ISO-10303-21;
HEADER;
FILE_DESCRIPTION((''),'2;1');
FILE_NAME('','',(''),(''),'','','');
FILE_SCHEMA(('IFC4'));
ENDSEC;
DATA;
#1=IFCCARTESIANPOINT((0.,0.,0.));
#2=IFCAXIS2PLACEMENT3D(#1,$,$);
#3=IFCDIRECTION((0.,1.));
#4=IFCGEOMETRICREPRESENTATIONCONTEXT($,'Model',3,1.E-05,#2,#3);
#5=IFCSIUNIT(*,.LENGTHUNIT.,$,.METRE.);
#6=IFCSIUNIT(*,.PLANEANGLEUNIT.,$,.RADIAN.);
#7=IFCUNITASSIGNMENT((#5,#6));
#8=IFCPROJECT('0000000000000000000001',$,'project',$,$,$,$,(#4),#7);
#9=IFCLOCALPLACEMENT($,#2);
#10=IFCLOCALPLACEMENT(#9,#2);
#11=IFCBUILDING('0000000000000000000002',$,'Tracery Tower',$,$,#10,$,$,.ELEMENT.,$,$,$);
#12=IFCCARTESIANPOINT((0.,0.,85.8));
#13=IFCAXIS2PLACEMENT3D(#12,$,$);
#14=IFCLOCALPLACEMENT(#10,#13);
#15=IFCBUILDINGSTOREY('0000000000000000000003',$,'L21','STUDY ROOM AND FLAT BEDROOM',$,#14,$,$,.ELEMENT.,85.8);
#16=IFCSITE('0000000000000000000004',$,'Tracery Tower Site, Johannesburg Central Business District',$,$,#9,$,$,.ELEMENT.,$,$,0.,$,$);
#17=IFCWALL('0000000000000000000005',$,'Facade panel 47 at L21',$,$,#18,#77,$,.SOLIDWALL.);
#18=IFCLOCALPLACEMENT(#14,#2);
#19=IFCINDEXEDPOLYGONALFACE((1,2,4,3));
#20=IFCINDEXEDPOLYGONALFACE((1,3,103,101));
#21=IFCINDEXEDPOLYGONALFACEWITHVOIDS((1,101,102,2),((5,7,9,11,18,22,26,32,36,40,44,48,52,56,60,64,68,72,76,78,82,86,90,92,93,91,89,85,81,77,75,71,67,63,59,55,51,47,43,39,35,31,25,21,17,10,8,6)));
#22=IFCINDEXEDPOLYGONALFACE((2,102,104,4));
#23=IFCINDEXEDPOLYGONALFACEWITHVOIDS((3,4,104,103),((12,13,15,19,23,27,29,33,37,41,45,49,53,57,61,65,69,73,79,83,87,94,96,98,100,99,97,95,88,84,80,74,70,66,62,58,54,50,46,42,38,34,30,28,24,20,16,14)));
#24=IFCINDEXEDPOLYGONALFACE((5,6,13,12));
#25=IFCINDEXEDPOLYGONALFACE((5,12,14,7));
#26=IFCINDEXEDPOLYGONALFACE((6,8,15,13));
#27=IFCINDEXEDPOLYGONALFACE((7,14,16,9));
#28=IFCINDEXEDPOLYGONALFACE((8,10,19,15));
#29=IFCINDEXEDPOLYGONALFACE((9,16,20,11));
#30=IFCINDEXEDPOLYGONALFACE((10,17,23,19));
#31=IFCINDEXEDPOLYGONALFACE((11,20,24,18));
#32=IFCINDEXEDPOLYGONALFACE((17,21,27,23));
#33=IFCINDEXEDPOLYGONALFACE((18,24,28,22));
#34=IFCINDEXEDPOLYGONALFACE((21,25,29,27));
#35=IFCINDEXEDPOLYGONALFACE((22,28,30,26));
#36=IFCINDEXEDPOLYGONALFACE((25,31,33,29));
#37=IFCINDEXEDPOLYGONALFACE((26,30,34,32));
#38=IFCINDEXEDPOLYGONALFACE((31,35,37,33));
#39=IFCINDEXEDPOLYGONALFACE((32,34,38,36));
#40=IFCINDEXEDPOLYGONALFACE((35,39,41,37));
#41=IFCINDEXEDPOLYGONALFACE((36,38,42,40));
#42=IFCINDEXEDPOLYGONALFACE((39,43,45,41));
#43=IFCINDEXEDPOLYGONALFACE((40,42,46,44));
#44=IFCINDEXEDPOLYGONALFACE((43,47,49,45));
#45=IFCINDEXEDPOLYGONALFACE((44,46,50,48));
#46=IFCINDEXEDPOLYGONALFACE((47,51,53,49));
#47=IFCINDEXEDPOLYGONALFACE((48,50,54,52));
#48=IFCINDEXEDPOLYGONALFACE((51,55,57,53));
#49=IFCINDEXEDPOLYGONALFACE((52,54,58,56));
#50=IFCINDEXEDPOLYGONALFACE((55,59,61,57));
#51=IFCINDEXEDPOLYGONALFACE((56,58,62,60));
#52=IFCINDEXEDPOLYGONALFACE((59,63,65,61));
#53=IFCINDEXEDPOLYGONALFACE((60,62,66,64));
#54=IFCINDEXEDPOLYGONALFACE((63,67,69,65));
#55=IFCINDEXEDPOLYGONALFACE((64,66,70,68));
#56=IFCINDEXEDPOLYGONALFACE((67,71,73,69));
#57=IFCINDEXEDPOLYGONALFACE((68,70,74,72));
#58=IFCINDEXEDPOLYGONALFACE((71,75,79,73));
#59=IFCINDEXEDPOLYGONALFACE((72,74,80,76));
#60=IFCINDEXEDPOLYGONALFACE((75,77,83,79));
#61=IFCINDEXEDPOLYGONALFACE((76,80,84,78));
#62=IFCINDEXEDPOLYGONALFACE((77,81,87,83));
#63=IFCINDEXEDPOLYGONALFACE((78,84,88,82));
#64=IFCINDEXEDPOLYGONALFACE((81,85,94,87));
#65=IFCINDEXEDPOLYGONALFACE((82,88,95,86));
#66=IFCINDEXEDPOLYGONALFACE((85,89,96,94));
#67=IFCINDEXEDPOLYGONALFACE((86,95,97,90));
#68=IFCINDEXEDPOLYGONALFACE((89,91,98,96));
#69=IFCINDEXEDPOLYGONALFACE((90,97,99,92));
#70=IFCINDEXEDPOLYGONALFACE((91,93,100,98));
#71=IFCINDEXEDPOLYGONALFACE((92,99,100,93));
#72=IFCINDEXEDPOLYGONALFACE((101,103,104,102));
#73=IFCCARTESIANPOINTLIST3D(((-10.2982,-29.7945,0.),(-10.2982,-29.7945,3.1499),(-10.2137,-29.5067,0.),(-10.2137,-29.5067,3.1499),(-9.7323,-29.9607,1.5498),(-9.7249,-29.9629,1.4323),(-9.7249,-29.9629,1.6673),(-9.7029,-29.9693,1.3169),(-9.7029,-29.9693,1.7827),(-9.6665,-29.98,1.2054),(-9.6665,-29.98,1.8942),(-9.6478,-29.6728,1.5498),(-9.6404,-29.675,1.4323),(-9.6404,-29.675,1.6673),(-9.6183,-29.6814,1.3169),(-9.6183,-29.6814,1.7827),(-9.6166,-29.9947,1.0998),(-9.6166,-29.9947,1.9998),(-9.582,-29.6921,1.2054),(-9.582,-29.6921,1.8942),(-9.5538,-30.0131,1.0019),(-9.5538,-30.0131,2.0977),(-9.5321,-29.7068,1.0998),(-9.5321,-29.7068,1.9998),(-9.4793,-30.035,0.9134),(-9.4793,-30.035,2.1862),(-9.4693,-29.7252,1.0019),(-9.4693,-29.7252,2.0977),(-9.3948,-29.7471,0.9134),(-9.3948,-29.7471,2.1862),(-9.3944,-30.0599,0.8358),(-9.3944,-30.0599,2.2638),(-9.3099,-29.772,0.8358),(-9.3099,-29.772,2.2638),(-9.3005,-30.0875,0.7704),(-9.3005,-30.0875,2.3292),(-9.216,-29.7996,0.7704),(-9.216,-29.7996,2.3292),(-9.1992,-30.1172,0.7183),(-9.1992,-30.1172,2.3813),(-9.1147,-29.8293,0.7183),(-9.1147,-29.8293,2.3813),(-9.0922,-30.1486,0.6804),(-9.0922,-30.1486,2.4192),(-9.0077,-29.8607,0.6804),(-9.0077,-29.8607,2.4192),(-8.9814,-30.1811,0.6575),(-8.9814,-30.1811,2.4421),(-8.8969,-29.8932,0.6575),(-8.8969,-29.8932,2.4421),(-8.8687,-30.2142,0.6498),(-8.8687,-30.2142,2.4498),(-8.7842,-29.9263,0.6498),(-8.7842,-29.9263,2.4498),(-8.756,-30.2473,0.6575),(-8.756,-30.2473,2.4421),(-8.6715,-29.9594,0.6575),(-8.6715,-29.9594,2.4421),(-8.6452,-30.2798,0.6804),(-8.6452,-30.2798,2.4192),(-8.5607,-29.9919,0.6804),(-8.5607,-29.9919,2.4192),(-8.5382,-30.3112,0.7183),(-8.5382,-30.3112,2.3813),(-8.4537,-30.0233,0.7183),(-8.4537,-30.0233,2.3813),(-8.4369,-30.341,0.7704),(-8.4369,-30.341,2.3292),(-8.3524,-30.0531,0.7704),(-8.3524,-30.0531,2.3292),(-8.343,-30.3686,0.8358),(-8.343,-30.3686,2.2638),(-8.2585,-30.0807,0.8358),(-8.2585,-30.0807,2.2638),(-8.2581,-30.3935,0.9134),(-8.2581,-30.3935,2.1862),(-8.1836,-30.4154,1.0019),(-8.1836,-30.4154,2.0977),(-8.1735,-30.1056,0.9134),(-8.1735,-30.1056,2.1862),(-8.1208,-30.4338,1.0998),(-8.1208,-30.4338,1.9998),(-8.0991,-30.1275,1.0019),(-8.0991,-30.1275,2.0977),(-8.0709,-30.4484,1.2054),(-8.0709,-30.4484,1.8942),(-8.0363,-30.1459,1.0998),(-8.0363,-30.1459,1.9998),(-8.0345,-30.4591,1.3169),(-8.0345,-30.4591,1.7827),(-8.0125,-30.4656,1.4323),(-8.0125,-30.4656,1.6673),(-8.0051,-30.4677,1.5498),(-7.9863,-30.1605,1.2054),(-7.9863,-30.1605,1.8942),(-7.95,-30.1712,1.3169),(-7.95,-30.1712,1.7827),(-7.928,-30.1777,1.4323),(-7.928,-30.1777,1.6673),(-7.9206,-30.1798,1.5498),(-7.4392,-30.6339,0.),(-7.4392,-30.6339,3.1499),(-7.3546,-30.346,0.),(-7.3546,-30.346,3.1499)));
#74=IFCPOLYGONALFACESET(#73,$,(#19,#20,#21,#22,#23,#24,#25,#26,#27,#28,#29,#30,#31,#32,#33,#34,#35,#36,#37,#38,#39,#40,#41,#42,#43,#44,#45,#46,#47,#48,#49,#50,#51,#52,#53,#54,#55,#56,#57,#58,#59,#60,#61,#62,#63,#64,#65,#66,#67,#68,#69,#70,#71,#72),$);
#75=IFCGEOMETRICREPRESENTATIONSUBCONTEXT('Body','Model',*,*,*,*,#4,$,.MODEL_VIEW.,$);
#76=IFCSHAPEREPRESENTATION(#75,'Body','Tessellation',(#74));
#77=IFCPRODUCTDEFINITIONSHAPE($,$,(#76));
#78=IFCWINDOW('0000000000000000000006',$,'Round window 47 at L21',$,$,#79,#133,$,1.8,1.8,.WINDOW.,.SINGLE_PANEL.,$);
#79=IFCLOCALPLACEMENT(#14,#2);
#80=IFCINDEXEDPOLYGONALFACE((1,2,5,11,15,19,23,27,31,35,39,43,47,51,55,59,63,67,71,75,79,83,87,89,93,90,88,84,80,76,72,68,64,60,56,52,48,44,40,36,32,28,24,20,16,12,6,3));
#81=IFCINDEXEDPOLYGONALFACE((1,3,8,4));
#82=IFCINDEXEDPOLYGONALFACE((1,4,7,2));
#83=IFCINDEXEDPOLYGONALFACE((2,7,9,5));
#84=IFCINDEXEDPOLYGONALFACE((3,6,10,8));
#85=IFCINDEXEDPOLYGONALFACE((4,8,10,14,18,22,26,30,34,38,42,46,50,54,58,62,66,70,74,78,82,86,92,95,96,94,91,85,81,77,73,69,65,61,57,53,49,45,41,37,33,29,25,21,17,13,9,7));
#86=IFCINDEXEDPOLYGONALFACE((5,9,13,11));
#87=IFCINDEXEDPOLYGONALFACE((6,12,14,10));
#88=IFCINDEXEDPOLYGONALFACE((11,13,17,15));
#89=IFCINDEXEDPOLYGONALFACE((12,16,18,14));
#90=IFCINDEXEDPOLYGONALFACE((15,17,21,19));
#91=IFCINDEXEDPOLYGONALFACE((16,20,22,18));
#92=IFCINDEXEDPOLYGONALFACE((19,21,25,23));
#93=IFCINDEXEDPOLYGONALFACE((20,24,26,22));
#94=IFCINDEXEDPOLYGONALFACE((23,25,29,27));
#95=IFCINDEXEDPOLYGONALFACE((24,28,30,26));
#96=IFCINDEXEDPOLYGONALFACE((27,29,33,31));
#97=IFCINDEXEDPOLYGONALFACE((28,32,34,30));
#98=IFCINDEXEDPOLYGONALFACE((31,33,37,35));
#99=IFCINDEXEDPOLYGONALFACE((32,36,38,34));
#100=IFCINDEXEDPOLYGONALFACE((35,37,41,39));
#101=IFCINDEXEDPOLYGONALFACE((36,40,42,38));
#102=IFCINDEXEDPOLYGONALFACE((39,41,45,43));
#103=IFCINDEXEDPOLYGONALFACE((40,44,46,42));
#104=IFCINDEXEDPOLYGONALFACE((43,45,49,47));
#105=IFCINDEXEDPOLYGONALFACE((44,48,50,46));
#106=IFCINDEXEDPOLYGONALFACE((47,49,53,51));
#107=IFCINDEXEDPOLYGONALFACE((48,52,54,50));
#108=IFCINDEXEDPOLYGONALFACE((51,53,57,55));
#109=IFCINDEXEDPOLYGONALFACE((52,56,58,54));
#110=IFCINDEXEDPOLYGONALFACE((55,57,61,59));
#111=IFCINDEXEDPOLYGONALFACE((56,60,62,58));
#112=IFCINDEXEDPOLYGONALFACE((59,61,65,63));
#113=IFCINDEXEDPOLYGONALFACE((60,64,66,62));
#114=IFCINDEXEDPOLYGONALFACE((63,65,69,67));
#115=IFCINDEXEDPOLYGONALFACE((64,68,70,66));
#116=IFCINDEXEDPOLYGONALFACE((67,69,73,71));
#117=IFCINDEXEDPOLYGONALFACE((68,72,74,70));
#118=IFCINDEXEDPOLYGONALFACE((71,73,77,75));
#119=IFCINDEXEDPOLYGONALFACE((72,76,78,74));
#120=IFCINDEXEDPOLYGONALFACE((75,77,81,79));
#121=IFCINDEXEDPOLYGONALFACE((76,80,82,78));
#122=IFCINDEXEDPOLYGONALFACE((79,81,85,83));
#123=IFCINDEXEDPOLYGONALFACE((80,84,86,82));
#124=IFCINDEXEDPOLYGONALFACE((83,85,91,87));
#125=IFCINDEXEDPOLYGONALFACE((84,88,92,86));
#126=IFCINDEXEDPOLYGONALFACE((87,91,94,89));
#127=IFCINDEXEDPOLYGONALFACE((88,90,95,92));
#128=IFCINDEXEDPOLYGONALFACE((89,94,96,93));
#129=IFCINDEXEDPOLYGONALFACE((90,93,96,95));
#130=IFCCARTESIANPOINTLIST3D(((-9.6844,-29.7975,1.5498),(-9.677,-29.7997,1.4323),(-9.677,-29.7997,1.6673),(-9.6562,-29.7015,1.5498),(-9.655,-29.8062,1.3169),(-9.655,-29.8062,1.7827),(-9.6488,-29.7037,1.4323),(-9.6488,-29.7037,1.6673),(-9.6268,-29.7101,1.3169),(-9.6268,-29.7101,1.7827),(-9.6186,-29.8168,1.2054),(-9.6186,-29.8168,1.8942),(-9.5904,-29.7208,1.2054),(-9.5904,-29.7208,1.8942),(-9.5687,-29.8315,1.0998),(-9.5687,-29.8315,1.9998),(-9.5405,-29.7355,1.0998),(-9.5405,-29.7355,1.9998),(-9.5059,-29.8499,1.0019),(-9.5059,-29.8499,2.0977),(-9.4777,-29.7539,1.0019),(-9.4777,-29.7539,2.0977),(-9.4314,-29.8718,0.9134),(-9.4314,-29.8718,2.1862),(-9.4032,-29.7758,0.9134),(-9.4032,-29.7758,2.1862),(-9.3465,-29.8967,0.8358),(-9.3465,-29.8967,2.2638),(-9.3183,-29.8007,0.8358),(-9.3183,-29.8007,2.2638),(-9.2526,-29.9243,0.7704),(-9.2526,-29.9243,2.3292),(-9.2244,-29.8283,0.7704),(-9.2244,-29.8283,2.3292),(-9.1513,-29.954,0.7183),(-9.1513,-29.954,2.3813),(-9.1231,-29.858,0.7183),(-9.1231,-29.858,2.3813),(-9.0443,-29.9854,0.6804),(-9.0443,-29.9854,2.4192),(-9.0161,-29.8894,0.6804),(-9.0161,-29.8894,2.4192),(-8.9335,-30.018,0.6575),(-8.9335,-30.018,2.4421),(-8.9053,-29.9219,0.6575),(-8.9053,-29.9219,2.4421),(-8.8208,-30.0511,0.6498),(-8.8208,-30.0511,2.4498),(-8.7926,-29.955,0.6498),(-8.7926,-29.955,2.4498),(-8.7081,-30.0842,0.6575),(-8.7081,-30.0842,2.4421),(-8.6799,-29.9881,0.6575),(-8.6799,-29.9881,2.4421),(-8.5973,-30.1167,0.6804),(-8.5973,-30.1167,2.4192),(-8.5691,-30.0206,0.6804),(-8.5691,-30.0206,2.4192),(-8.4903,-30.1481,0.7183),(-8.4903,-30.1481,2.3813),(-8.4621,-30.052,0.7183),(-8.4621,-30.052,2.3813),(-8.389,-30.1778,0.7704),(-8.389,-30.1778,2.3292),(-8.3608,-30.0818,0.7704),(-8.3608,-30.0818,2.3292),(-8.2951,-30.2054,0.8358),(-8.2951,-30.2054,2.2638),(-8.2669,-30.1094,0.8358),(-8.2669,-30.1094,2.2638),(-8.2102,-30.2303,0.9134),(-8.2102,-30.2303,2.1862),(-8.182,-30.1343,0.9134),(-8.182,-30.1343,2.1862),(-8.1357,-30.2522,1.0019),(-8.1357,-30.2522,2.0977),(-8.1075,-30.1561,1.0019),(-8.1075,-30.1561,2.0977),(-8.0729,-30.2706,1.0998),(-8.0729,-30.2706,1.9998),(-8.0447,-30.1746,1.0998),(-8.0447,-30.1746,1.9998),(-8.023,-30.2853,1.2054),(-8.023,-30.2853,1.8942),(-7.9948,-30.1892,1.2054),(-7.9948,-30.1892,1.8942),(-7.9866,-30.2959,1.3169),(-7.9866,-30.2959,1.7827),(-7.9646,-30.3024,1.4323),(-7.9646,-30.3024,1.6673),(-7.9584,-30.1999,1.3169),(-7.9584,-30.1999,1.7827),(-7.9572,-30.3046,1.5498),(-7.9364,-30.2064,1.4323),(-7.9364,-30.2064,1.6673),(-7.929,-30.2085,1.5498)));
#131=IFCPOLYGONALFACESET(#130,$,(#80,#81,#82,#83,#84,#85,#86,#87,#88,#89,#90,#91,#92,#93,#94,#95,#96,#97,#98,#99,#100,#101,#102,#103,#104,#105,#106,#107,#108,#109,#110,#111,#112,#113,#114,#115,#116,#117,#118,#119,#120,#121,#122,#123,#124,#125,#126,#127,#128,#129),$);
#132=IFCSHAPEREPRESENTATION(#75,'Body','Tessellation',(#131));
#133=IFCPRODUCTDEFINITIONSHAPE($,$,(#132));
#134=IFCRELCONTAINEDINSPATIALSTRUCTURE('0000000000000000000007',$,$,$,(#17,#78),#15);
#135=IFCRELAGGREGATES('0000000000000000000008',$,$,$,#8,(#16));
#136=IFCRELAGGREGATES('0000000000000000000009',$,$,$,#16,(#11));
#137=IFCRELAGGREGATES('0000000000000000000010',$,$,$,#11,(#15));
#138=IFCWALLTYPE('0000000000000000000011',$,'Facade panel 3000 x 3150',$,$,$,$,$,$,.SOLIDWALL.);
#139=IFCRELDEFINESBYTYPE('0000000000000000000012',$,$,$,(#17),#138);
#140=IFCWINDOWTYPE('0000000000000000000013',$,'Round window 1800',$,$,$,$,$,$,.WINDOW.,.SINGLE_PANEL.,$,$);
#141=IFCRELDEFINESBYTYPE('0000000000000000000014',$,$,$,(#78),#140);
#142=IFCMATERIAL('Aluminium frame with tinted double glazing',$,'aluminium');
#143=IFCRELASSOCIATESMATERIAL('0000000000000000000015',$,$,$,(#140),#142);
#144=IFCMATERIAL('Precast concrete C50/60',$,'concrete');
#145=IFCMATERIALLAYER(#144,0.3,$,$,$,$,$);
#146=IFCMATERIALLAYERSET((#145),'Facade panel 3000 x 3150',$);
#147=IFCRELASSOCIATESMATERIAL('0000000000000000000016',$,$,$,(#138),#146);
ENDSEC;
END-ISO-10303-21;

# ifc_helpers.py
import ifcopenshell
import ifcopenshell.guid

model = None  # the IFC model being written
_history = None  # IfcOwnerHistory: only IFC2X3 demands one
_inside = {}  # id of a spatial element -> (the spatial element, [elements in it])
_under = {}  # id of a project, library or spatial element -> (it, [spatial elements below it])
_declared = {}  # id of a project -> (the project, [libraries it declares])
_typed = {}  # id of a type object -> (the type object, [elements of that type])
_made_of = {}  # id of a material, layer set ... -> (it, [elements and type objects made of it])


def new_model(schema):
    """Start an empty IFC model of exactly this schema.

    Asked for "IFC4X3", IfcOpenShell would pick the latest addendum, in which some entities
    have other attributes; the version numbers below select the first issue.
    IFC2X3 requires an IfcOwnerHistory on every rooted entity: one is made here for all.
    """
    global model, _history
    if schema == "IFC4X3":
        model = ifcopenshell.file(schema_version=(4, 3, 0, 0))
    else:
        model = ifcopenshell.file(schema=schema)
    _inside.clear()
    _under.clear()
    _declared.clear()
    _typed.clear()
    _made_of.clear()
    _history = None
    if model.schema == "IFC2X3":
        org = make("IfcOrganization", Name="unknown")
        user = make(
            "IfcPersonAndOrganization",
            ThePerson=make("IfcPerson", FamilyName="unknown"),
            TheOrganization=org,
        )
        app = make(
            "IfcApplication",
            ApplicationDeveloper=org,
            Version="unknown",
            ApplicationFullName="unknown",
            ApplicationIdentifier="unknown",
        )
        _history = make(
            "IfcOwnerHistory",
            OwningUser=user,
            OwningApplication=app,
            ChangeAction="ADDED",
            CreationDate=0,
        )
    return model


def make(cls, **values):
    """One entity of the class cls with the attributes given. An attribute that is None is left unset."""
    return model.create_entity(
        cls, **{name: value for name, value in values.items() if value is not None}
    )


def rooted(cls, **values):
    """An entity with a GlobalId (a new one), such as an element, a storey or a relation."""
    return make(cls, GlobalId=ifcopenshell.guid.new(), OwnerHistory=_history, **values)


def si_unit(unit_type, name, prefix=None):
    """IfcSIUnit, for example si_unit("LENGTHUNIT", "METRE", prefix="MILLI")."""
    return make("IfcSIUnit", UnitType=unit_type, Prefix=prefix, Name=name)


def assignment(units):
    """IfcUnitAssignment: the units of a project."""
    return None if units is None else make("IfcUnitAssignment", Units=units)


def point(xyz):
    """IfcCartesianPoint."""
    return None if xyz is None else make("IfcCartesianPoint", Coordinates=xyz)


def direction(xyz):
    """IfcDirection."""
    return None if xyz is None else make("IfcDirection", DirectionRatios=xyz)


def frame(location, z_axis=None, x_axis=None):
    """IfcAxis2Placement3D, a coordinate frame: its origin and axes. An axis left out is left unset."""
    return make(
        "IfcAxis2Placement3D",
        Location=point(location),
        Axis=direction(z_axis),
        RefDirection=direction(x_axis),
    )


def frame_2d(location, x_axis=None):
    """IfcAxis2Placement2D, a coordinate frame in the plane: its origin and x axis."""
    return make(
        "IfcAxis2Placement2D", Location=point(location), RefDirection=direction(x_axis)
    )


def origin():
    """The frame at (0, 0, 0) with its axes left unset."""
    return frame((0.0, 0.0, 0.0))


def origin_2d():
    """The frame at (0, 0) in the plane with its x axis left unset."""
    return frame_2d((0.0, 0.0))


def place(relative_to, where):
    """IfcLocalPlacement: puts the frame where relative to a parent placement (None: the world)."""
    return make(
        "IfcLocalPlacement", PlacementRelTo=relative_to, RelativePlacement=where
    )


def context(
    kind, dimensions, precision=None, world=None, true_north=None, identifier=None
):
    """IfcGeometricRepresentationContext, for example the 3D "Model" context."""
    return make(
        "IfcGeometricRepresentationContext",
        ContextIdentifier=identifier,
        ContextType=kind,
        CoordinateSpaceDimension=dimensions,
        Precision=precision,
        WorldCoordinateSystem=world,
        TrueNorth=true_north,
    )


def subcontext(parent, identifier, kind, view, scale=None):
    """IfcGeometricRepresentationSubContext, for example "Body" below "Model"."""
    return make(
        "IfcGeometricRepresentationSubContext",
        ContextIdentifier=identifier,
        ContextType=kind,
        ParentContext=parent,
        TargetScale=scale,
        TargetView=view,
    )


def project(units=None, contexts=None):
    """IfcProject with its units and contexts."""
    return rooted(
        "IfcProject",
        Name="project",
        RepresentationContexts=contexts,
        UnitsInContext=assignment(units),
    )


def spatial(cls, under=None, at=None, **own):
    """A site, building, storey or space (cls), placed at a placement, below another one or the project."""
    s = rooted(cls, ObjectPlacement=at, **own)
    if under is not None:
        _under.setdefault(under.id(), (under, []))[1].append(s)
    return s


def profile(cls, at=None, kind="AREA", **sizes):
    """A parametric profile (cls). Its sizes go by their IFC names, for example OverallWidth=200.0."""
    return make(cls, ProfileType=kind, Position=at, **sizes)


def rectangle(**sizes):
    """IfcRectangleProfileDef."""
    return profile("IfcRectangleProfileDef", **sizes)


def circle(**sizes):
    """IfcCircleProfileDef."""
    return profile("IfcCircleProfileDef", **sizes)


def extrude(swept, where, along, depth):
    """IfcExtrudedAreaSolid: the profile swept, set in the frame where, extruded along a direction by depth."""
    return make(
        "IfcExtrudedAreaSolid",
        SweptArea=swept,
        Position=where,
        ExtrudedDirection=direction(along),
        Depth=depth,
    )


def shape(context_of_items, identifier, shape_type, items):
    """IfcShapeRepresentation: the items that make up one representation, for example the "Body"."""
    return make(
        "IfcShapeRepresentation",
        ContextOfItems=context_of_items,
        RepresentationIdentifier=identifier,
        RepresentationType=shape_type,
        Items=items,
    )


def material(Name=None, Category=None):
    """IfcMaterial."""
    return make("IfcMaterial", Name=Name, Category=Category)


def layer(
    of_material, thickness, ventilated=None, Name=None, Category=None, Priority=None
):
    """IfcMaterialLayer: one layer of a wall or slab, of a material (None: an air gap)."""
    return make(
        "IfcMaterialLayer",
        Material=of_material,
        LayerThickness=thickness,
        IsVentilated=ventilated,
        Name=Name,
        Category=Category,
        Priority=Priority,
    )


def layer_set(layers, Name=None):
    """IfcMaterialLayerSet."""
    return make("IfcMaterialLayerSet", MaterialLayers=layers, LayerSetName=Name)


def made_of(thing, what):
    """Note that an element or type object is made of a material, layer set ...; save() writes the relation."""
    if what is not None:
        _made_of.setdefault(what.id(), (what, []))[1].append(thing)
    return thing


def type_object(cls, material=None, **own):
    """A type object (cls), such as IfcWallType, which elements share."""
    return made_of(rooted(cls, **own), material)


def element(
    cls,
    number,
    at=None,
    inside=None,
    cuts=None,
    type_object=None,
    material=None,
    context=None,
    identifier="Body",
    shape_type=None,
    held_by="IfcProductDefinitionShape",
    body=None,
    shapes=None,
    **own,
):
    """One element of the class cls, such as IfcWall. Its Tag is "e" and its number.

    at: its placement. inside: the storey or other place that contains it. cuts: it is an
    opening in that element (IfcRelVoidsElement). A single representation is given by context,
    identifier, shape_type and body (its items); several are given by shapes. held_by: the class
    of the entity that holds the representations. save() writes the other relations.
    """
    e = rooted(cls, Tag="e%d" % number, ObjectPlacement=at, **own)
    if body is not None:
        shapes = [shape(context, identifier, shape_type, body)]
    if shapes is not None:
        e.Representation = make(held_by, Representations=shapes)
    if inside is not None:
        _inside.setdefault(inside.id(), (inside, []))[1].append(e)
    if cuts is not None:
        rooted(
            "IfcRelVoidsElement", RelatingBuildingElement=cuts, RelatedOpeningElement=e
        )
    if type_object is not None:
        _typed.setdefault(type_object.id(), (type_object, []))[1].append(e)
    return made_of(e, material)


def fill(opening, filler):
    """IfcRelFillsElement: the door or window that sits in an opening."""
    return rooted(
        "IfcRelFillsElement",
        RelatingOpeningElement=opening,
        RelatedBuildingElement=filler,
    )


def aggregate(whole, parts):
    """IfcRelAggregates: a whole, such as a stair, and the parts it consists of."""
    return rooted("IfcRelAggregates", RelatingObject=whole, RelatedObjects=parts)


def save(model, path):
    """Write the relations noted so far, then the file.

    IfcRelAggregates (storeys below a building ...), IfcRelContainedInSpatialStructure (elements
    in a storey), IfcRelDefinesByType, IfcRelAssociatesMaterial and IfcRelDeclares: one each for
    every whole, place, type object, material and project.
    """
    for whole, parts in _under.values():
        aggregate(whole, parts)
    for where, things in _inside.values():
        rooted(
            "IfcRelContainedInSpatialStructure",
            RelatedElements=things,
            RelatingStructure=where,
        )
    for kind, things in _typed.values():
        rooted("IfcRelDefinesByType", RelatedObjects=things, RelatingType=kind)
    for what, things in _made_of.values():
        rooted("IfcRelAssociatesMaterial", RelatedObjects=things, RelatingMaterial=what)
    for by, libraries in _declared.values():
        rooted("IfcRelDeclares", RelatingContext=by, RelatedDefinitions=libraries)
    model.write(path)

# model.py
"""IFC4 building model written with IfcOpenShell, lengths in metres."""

from ifc_helpers import new_model, si_unit, direction, frame, frame_2d, origin, origin_2d, place, context, subcontext, project, spatial, rectangle, circle, extrude, material, layer, layer_set, type_object, element, fill, save


model = new_model("IFC4")

# Units and contexts
model_context = context("Model", 3, precision=1e-05, world=origin(), true_north=direction((0.0, 1.0)))
body_context = subcontext(model_context, "Body", "Model", "MODEL_VIEW")
ifc_project = project(units=[si_unit("LENGTHUNIT", "METRE"), si_unit("PLANEANGLEUNIT", "RADIAN")], contexts=[model_context])

# Site, building, storey
site_placement = place(None, origin())
site = spatial("IfcSite", under=ifc_project, at=site_placement, Name="Tracery Tower Site, Johannesburg Central Business District", CompositionType="ELEMENT", RefElevation=0.0)
building_placement = place(site_placement, origin())
building = spatial("IfcBuilding", under=site, at=building_placement, Name="Tracery Tower", CompositionType="ELEMENT")
storey_placement = place(building_placement, frame((0.0, 0.0, 85.8)))
storey = spatial("IfcBuildingStorey", under=building, at=storey_placement, Name="L21", Description="STUDY ROOM AND FLAT BEDROOM", CompositionType="ELEMENT", Elevation=85.8)

# Wall, opening, window
ifc_material_1 = material(Name="Aluminium frame with tinted double glazing", Category="aluminium")
window_type = type_object("IfcWindowType", Name="Round window 1800", PartitioningType="SINGLE_PANEL", PredefinedType="WINDOW", material=ifc_material_1)
ifc_material_2 = material(Name="Precast concrete C50/60", Category="concrete")
ifc_layer_1 = layer(ifc_material_2, 0.3)
ifc_layer_set_1 = layer_set([ifc_layer_1], Name="Facade panel 3000 x 3150")
wall_type_1 = type_object("IfcWallType", Name="Facade panel 3000 x 3150", PredefinedType="SOLIDWALL", material=ifc_layer_set_1)
wall_1_placement = place(storey_placement, frame((-10.2559, -29.6506, 0.0), z_axis=(0.0, 0.0, 1.0), x_axis=(0.959508, -0.281683, 0.0)))
wall_1 = element("IfcWall", 1, at=wall_1_placement, inside=storey, type_object=wall_type_1, Name="Facade panel 47 at L21", PredefinedType="SOLIDWALL", context=body_context, shape_type="SweptSolid", body=[
    extrude(rectangle(XDim=2.9797, YDim=0.3, at=frame_2d((1.4897, 0.0))), origin(), (0.0, 0.0, 1.0), 3.1499),
])
opening_1_placement = place(wall_1_placement, frame((1.4897, 0.0, 1.5498)))
opening_1 = element("IfcOpeningElement", 2, at=opening_1_placement, cuts=wall_1, PredefinedType="OPENING", context=body_context, shape_type="SweptSolid", body=[
    extrude(circle(Radius=0.9, at=origin_2d()), frame((0.0, 0.1599, 0.0), z_axis=(0.0, -1.0, 0.0), x_axis=(1.0, 0.0, 0.0)), (0.0, 0.0, 1.0), 0.3201),
])
window_1_placement = place(opening_1_placement, origin())
window_1 = element("IfcWindow", 3, at=window_1_placement, inside=storey, type_object=window_type, Name="Round window 47 at L21", OverallHeight=1.8, OverallWidth=1.8, PartitioningType="SINGLE_PANEL", PredefinedType="WINDOW", context=body_context, shape_type="SweptSolid", body=[
    extrude(circle(Radius=0.9, at=origin_2d()), frame((0.0, 0.1201, 0.0), z_axis=(0.0, -1.0, 0.0), x_axis=(1.0, 0.0, 0.0)), (0.0, 0.0, 1.0), 0.1001),
])
fill(opening_1, window_1)

save(model, "model.ifc")
